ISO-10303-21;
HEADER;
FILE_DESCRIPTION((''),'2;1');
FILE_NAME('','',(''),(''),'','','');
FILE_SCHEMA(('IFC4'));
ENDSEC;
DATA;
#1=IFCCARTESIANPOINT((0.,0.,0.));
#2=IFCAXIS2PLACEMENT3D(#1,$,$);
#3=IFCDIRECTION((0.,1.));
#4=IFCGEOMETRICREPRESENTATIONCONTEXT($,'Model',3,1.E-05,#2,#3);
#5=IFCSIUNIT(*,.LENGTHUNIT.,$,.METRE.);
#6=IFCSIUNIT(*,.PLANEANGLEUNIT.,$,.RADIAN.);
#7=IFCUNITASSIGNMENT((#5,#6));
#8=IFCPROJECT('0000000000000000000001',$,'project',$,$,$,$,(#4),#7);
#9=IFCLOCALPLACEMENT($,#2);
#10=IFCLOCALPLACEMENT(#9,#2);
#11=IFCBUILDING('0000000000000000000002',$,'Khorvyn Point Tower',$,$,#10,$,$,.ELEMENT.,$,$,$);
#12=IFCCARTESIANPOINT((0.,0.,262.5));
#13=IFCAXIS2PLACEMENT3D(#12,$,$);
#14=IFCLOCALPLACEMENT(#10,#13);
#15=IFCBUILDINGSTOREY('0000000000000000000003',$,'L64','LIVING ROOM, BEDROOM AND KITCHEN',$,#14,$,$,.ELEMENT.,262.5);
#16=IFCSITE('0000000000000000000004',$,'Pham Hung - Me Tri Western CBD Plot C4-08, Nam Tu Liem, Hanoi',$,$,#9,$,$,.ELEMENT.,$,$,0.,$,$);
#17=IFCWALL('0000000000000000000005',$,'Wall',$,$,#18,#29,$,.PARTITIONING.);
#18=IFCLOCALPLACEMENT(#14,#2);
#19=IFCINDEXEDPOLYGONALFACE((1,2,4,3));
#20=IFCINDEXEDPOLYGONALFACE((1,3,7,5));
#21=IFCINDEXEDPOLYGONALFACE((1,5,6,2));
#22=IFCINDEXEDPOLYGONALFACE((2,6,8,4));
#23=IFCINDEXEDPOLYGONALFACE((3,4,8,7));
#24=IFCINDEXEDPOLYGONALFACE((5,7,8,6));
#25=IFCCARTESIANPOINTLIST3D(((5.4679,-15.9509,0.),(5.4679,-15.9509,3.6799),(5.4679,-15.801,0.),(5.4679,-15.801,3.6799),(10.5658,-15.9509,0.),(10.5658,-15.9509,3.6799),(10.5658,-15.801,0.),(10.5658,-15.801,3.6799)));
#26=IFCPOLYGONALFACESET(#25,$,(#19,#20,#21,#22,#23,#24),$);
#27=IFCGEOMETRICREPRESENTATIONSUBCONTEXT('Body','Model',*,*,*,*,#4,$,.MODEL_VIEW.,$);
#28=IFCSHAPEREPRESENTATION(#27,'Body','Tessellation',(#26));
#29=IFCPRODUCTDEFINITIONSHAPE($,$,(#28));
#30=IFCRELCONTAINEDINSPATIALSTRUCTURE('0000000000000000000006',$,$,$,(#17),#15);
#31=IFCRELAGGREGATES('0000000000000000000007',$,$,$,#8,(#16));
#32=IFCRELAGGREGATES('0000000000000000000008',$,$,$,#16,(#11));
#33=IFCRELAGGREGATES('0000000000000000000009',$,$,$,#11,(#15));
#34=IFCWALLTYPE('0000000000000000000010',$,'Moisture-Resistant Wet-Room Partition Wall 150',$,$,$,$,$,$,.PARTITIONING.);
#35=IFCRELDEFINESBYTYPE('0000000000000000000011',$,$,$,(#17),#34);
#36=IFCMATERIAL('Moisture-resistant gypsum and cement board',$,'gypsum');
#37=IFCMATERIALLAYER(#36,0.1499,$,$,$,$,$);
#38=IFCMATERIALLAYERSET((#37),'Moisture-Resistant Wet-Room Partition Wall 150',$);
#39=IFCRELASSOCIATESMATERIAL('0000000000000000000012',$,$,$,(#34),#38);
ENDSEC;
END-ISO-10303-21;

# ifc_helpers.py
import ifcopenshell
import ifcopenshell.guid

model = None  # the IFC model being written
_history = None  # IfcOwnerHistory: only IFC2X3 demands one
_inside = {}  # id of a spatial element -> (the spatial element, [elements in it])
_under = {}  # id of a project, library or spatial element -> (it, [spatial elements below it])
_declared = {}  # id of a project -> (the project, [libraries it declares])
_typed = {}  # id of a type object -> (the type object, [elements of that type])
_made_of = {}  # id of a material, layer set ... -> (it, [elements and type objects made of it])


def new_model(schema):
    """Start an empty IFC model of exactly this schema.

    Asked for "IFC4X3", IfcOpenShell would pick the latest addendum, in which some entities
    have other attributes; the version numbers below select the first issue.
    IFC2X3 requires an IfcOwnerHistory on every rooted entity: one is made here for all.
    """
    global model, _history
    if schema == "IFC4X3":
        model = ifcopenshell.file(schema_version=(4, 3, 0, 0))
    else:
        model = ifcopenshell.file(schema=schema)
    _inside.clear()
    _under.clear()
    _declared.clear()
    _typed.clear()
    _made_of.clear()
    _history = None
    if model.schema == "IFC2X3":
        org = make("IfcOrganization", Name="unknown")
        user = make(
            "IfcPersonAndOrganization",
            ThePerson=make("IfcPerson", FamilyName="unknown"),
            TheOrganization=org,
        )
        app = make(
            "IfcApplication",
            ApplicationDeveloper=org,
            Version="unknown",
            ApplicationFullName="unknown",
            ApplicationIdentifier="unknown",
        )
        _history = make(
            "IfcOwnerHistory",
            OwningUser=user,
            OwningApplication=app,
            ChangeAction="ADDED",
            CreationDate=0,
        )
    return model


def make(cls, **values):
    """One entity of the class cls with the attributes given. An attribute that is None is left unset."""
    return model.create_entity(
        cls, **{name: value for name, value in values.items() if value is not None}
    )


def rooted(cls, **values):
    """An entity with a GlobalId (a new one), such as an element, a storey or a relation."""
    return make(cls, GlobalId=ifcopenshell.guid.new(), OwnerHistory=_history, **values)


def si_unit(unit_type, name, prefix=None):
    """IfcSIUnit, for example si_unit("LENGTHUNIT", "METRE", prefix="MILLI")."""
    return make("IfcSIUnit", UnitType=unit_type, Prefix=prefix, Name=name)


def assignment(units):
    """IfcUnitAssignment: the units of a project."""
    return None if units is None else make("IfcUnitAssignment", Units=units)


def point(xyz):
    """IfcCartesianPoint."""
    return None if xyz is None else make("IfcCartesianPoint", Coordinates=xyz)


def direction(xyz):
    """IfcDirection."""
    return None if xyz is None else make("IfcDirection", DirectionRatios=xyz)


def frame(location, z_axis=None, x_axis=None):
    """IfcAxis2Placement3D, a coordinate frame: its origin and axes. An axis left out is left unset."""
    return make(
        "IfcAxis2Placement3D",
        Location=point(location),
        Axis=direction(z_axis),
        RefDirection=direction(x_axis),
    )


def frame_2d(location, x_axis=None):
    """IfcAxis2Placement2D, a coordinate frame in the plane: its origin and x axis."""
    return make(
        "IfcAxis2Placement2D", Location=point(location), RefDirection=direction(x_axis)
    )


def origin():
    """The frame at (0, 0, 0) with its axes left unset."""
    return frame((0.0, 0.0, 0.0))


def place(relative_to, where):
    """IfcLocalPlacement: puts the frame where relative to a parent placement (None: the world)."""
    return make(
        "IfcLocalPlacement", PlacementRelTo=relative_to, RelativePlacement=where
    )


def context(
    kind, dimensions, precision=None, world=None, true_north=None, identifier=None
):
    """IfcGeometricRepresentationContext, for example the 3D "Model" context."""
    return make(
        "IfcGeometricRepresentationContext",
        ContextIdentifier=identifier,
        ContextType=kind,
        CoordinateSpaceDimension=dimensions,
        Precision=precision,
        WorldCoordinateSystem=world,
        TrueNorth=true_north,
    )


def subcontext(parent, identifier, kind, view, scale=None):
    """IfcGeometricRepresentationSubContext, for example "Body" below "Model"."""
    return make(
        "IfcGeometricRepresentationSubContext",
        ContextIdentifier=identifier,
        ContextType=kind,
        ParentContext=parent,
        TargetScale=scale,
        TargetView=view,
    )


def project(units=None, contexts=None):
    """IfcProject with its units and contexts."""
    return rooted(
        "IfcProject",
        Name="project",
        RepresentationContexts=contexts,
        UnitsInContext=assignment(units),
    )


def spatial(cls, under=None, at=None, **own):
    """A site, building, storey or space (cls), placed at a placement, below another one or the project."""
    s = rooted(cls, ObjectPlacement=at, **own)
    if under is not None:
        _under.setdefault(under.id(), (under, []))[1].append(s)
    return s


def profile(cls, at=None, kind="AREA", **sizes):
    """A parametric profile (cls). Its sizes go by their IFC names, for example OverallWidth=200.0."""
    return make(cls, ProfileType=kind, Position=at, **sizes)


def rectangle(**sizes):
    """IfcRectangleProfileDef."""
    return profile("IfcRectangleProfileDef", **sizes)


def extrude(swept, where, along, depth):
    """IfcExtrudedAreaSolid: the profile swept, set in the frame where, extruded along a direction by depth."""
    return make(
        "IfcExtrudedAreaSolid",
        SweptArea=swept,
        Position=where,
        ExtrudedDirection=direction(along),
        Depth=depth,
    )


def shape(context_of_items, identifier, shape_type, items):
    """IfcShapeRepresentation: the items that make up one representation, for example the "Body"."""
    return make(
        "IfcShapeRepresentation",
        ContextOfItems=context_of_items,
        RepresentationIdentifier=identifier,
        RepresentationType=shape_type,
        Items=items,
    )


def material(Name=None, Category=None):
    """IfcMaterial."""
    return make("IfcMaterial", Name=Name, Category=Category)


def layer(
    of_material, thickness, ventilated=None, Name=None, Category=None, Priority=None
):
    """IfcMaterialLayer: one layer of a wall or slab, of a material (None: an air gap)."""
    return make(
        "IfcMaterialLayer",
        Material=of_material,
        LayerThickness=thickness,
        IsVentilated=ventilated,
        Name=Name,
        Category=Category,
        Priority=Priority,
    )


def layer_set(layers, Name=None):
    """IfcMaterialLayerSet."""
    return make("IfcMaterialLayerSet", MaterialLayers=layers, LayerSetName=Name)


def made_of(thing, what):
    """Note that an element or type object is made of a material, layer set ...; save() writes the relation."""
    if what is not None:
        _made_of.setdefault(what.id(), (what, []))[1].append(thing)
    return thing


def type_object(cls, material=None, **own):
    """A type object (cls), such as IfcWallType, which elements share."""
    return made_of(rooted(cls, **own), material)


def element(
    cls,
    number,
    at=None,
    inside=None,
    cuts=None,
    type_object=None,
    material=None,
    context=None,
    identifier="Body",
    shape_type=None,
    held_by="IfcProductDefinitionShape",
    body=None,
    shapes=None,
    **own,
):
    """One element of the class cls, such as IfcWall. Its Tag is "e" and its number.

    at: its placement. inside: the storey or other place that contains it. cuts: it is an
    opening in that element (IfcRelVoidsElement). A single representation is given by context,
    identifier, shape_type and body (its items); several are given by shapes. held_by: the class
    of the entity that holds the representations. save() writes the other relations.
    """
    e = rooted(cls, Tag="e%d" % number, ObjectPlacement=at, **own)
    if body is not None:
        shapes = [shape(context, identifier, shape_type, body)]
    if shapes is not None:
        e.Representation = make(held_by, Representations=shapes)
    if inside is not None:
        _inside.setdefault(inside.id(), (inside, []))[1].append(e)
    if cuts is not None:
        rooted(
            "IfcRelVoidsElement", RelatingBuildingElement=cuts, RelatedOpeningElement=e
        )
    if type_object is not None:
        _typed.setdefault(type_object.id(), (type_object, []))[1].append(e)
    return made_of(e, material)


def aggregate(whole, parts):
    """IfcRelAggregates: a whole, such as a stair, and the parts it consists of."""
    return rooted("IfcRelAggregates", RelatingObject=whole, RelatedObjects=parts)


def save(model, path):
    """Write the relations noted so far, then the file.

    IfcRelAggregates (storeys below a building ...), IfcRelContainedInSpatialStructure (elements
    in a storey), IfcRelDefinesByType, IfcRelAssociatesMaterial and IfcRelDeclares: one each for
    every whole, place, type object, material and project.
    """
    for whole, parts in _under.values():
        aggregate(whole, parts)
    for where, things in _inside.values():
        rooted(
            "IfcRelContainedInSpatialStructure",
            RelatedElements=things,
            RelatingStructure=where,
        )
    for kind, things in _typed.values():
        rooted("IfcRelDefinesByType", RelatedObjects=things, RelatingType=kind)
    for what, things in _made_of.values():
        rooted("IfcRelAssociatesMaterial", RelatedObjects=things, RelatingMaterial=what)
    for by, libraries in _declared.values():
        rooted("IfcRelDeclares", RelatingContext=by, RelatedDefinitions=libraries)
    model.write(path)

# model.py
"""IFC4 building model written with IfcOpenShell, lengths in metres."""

from ifc_helpers import new_model, si_unit, direction, frame, frame_2d, origin, place, context, subcontext, project, spatial, rectangle, extrude, material, layer, layer_set, type_object, element, save


model = new_model("IFC4")

# Units and contexts
model_context = context("Model", 3, precision=1e-05, world=origin(), true_north=direction((0.0, 1.0)))
body_context = subcontext(model_context, "Body", "Model", "MODEL_VIEW")
ifc_project = project(units=[si_unit("LENGTHUNIT", "METRE"), si_unit("PLANEANGLEUNIT", "RADIAN")], contexts=[model_context])

# Site, building, storey
site_placement = place(None, origin())
site = spatial("IfcSite", under=ifc_project, at=site_placement, Name="Pham Hung - Me Tri Western CBD Plot C4-08, Nam Tu Liem, Hanoi", CompositionType="ELEMENT", RefElevation=0.0)
building_placement = place(site_placement, origin())
building = spatial("IfcBuilding", under=site, at=building_placement, Name="Khorvyn Point Tower", CompositionType="ELEMENT")
storey_placement = place(building_placement, frame((0.0, 0.0, 262.5)))
storey = spatial("IfcBuildingStorey", under=building, at=storey_placement, Name="L64", Description="LIVING ROOM, BEDROOM AND KITCHEN", CompositionType="ELEMENT", Elevation=262.5)

# Shared definitions
ifc_material_1 = material(Name="Moisture-resistant gypsum and cement board", Category="gypsum")
ifc_layer_1 = layer(ifc_material_1, 0.1499)
ifc_layer_set_1 = layer_set([ifc_layer_1], Name="Moisture-Resistant Wet-Room Partition Wall 150")
wall_type_1 = type_object("IfcWallType", Name="Moisture-Resistant Wet-Room Partition Wall 150", PredefinedType="PARTITIONING", material=ifc_layer_set_1)

# Wall
wall_1_placement = place(storey_placement, frame((5.468, -15.876, 0.0), z_axis=(0.0, 0.0, 1.0), x_axis=(1.0, 0.0, 0.0)))
element("IfcWall", 1, at=wall_1_placement, inside=storey, type_object=wall_type_1, Name="Wall", PredefinedType="PARTITIONING", context=body_context, shape_type="SweptSolid", body=[
    extrude(rectangle(XDim=5.0979, YDim=0.1499, at=frame_2d((2.5488, 0.0))), origin(), (0.0, 0.0, 1.0), 3.6799),
])

save(model, "model.ifc")
